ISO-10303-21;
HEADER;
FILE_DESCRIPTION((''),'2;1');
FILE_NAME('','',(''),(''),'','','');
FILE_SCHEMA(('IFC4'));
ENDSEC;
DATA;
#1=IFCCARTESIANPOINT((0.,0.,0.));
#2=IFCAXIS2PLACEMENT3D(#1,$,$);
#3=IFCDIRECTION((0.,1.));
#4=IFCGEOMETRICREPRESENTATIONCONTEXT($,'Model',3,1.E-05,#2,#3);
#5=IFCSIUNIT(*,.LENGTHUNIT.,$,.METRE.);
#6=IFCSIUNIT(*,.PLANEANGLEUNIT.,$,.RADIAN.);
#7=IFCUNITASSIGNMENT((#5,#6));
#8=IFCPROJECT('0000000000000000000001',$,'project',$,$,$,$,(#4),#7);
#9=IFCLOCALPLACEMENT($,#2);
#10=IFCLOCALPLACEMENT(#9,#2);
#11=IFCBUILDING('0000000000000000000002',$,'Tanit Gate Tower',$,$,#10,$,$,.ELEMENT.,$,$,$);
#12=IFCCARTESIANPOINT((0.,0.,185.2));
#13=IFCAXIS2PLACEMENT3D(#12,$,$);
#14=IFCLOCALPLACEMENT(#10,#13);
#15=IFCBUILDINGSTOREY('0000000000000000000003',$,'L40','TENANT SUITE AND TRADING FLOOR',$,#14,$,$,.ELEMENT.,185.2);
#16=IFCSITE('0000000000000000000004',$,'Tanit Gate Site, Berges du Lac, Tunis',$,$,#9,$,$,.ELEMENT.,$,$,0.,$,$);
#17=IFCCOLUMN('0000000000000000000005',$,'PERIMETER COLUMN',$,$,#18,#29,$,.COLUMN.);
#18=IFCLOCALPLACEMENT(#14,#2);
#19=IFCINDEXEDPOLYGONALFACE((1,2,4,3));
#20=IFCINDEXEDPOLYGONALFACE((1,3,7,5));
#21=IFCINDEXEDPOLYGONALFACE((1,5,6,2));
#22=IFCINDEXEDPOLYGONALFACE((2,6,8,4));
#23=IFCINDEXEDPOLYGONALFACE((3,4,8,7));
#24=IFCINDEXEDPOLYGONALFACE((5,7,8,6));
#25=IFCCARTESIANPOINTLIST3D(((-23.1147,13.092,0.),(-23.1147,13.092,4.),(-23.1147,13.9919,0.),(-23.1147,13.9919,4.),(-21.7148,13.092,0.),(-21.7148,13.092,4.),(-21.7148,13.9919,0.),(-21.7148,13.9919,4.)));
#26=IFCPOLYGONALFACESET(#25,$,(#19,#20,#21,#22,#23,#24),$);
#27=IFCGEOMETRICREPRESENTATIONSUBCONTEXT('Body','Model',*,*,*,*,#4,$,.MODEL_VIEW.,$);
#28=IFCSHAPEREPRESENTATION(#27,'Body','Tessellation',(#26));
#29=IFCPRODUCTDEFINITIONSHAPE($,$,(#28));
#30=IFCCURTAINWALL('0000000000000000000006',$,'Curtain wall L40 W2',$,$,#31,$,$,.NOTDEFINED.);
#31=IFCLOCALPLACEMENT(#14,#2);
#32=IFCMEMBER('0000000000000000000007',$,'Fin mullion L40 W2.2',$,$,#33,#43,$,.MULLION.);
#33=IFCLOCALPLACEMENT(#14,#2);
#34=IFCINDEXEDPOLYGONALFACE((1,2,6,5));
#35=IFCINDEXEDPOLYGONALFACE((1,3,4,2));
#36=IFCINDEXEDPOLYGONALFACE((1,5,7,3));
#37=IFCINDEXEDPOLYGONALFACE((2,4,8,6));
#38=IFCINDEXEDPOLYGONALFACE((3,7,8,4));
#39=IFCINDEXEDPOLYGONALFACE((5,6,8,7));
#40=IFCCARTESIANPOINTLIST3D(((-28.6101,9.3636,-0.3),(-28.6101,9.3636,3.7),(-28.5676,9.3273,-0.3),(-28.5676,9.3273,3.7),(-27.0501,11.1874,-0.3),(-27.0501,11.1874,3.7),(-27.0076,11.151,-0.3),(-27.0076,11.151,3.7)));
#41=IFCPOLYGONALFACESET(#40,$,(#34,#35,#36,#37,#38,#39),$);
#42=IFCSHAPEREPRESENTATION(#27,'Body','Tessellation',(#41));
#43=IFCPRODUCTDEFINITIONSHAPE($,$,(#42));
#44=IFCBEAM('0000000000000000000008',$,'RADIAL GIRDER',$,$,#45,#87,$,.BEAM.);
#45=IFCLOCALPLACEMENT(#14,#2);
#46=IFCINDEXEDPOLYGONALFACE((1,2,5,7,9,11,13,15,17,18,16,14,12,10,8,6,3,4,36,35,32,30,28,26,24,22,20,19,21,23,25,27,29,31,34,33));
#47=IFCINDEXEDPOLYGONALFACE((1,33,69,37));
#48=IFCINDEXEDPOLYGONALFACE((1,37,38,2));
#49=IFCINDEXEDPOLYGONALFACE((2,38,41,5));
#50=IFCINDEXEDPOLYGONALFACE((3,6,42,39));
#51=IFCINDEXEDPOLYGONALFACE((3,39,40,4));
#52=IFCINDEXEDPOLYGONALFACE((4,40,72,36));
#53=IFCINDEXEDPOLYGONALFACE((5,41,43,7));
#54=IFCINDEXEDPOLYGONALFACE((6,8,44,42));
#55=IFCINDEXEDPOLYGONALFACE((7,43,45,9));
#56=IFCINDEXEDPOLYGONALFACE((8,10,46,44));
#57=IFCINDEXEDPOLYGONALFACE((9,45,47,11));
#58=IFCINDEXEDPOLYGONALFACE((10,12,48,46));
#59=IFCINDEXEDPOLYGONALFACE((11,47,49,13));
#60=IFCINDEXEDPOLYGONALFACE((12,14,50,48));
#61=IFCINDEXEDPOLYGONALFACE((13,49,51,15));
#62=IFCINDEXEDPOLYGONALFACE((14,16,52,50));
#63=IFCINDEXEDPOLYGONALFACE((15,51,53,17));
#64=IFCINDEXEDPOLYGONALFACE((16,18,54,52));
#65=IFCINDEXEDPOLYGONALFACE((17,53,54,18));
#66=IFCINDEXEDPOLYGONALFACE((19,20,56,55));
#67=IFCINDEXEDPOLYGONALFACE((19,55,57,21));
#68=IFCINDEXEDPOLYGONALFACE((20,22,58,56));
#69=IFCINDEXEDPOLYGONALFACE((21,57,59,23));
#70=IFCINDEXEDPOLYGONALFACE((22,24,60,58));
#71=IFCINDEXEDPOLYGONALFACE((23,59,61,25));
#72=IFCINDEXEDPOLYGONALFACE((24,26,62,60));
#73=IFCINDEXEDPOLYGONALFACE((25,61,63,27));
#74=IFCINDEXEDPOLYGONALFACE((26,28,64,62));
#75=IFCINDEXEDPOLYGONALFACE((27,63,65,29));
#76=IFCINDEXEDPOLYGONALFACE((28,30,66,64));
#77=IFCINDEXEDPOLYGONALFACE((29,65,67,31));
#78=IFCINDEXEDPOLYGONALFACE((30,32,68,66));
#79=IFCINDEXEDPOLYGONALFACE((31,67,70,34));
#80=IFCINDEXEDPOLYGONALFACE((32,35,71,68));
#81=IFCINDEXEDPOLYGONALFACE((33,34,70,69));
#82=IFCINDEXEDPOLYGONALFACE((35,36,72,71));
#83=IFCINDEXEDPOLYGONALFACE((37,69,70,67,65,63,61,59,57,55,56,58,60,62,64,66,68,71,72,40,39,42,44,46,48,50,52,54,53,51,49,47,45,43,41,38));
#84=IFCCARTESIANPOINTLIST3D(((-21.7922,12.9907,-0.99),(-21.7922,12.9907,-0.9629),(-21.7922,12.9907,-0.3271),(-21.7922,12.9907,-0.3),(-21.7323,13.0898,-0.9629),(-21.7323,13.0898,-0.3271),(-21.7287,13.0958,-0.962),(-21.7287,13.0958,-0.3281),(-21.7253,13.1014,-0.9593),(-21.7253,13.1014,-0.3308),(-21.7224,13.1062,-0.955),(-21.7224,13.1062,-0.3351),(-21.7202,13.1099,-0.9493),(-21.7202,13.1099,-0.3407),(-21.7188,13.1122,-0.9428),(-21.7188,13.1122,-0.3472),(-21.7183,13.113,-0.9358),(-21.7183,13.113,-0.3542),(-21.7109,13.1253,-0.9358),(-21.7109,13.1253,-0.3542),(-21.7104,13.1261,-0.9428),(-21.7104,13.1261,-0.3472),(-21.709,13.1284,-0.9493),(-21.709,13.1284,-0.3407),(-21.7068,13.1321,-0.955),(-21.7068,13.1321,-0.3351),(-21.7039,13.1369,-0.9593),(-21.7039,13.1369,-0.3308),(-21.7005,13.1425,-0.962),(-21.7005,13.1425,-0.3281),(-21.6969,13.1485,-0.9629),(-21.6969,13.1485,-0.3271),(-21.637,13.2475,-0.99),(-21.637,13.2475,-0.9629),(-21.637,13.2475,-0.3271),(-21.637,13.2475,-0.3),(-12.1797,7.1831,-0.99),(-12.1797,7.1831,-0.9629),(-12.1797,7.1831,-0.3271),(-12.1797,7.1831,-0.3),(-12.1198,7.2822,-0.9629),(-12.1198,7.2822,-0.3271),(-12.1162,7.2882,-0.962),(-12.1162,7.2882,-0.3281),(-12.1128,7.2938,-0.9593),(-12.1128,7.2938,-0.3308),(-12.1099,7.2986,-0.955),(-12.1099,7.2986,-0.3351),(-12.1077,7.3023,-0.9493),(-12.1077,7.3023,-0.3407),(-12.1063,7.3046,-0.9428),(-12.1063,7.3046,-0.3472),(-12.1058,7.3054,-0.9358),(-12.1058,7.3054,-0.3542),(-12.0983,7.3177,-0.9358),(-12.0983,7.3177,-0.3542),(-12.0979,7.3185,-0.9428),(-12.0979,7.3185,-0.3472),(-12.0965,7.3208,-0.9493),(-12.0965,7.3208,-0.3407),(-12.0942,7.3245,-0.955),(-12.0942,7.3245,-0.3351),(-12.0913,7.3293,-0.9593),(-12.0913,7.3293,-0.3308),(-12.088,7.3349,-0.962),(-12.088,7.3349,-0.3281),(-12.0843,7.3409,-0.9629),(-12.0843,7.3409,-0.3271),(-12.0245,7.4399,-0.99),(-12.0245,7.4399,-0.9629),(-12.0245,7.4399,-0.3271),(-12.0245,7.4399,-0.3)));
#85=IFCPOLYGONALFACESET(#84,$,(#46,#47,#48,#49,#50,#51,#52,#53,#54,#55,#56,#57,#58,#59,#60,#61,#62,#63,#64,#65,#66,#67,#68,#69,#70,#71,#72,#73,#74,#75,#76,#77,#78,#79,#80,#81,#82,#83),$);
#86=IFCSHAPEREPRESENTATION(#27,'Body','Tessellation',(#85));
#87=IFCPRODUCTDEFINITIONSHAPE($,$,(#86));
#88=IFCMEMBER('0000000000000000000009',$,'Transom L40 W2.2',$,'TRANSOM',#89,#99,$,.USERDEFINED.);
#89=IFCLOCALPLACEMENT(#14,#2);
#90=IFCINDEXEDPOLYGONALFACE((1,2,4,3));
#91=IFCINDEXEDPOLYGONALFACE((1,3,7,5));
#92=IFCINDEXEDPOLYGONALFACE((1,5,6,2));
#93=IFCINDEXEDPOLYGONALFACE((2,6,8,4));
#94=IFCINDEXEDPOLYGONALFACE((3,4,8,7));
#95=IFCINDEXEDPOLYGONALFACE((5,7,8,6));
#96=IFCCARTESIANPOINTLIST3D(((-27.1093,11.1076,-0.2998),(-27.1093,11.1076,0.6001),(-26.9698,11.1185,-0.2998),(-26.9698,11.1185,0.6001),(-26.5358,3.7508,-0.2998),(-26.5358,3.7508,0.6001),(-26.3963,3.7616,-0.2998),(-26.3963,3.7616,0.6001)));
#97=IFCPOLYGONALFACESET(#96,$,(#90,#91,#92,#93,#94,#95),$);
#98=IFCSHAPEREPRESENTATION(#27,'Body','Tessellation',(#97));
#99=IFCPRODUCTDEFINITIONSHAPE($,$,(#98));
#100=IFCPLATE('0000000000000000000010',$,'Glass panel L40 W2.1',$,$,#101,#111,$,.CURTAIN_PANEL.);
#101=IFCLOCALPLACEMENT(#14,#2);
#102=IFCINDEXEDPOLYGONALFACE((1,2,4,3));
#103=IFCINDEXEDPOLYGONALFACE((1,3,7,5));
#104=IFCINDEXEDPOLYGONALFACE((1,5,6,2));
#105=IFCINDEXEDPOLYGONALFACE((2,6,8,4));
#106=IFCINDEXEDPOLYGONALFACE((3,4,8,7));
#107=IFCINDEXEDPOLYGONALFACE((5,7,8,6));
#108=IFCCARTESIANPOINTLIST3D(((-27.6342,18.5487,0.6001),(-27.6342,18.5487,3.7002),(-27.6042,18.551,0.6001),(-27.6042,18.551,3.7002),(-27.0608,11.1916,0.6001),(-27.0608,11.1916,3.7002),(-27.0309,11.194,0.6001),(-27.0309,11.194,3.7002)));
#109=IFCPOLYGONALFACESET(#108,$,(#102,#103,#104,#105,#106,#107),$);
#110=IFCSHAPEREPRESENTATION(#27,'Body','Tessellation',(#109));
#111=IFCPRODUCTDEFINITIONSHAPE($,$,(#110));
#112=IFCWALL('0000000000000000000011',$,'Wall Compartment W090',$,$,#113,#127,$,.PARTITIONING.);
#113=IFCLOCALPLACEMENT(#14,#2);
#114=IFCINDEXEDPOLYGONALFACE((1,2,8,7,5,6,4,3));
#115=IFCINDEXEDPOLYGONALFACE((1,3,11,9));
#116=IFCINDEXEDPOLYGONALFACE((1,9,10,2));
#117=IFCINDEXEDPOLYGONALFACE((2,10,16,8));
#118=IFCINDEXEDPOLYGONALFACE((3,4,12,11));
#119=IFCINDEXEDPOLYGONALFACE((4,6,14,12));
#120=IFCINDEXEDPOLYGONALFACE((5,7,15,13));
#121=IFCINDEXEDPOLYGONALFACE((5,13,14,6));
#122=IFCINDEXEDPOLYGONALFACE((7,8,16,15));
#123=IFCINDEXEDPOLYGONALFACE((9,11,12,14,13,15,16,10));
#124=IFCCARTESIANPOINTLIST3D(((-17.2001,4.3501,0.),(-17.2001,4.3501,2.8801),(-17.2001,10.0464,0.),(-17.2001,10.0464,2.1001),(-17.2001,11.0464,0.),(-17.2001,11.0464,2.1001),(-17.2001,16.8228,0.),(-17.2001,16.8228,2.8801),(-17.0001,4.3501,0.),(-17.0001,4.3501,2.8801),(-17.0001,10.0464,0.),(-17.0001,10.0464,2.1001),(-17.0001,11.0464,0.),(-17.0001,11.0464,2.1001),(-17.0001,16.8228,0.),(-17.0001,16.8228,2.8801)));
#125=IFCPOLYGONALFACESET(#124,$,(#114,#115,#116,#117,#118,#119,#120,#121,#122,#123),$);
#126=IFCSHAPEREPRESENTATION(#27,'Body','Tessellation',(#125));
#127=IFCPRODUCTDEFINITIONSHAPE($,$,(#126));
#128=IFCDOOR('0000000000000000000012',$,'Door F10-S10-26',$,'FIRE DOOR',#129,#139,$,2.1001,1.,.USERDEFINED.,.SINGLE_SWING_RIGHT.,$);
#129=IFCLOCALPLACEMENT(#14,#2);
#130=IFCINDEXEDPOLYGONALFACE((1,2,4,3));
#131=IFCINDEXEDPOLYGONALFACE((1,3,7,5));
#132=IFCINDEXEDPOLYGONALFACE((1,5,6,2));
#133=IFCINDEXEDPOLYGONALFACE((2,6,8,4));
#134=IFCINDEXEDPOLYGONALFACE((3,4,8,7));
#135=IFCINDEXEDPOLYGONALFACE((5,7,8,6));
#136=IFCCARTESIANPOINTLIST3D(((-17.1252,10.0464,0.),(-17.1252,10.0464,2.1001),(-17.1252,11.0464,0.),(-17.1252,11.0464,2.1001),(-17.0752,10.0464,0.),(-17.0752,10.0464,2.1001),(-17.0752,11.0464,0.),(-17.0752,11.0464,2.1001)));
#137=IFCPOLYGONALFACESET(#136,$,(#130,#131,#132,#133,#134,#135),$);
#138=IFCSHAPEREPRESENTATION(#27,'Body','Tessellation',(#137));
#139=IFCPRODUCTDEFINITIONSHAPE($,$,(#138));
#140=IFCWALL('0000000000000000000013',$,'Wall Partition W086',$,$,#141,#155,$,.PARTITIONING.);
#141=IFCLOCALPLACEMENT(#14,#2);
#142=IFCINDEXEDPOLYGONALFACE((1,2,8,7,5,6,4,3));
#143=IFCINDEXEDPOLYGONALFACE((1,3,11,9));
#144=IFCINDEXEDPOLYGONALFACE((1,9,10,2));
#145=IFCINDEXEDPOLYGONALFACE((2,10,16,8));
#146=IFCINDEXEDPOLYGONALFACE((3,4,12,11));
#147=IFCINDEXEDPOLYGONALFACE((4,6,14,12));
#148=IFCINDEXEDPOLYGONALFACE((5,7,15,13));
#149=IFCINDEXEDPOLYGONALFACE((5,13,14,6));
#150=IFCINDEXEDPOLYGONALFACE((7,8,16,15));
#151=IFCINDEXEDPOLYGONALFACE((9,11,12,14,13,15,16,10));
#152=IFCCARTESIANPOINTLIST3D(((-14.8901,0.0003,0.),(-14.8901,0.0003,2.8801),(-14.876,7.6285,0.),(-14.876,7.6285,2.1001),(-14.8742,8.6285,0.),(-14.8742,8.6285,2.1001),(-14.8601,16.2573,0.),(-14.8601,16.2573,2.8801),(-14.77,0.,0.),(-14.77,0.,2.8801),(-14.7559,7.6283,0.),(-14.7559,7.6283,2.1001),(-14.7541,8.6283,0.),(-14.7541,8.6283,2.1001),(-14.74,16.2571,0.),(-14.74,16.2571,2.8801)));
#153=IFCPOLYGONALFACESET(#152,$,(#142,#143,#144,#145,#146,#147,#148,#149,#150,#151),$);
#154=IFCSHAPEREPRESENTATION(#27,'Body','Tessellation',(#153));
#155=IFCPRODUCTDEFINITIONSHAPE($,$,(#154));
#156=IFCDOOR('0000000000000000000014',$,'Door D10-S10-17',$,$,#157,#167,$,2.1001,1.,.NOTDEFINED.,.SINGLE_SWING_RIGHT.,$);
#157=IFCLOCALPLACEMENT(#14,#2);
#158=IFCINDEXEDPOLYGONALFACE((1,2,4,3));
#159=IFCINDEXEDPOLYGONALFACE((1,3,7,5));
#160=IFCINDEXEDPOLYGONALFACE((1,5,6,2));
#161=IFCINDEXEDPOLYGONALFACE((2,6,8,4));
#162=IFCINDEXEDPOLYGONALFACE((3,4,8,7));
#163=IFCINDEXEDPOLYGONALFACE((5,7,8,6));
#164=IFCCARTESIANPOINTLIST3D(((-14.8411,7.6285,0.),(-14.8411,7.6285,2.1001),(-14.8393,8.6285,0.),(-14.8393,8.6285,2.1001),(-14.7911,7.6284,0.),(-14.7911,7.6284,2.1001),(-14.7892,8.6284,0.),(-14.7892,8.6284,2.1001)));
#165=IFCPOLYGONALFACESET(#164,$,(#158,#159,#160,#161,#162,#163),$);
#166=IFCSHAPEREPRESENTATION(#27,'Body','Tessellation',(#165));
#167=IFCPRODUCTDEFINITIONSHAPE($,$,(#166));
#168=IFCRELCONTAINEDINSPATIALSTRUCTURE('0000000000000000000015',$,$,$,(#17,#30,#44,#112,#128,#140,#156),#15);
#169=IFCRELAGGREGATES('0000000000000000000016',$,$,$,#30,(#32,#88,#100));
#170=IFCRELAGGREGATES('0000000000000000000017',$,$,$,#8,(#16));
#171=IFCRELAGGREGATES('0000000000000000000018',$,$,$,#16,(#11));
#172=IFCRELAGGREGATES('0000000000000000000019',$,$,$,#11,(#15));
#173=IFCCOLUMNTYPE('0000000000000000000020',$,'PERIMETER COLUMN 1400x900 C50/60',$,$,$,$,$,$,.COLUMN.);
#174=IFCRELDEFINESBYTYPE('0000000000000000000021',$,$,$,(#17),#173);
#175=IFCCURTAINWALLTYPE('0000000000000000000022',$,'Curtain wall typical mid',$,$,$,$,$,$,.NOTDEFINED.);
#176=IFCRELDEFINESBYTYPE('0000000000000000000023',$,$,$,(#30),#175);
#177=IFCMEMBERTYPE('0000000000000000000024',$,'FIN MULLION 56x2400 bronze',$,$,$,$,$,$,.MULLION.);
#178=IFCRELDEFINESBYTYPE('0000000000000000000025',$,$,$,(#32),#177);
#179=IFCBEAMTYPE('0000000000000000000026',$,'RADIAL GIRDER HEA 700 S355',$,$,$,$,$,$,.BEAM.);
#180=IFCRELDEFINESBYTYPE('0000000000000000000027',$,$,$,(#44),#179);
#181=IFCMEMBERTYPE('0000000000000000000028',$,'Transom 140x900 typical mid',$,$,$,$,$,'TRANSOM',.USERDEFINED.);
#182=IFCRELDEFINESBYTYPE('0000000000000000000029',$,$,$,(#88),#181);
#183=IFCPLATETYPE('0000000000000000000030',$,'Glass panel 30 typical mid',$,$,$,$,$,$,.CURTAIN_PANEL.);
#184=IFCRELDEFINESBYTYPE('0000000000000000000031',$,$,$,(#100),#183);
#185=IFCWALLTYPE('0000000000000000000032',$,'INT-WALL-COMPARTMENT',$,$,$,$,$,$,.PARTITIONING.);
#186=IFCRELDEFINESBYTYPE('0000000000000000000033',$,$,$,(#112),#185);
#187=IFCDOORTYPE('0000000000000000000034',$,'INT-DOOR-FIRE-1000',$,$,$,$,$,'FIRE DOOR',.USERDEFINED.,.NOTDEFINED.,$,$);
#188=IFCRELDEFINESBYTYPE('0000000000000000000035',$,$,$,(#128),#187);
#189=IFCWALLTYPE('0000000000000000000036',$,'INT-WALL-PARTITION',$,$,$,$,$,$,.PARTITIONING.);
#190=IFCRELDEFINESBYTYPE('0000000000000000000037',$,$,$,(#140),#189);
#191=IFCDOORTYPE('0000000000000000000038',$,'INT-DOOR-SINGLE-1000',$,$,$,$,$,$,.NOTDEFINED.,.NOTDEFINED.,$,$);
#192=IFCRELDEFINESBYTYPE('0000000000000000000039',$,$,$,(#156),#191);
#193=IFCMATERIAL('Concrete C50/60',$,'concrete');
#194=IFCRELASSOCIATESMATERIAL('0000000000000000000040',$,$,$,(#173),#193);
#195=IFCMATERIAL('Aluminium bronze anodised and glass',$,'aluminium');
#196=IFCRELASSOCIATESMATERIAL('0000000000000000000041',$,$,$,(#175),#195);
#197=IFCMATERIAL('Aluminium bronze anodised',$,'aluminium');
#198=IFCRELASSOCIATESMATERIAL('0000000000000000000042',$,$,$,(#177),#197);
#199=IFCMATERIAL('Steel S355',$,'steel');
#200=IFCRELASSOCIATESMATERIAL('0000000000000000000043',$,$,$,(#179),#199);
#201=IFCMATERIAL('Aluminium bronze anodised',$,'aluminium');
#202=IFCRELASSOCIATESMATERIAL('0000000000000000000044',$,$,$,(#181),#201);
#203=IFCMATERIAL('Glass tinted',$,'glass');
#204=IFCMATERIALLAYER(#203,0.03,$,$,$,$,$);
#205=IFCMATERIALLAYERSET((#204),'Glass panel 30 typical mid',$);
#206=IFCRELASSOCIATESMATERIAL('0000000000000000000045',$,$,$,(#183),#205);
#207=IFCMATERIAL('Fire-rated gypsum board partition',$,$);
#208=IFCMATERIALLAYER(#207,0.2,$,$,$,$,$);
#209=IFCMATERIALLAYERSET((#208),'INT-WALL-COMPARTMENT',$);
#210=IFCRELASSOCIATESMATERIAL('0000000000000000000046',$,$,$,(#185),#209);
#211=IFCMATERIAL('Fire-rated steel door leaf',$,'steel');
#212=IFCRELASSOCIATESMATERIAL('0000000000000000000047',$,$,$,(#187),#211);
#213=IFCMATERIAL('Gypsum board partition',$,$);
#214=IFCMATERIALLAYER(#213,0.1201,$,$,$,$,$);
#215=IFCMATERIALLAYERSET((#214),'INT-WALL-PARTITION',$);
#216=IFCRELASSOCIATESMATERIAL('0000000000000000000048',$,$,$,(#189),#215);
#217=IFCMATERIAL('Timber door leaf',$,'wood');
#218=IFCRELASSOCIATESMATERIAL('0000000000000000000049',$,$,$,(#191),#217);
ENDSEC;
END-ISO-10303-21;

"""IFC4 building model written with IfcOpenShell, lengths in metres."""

from ifc_helpers import new_model, si_unit, direction, frame, frame_2d, origin, origin_2d, place, context, subcontext, project, spatial, rectangle, i_section, extrude, material, layer, layer_set, material_profile, profile_set, type_object, element, fill, aggregate, save


model = new_model("IFC4")

# Units and contexts
model_context = context("Model", 3, precision=1e-05, world=origin(), true_north=direction((0.0, 1.0)))
body_context = subcontext(model_context, "Body", "Model", "MODEL_VIEW")
ifc_project = project(units=[si_unit("LENGTHUNIT", "METRE"), si_unit("PLANEANGLEUNIT", "RADIAN")], contexts=[model_context])

# Site, building, storey
site_placement = place(None, origin())
site = spatial("IfcSite", under=ifc_project, at=site_placement, Name="Tanit Gate Site, Berges du Lac, Tunis", CompositionType="ELEMENT", RefElevation=0.0)
building_placement = place(site_placement, origin())
building = spatial("IfcBuilding", under=site, at=building_placement, Name="Tanit Gate Tower", CompositionType="ELEMENT")
storey_placement = place(building_placement, frame((0.0, 0.0, 185.2)))
storey = spatial("IfcBuildingStorey", under=building, at=storey_placement, Name="L40", Description="TENANT SUITE AND TRADING FLOOR", CompositionType="ELEMENT", Elevation=185.2)

# Column
ifc_material_1 = material(Name="Concrete C50/60", Category="concrete")
ifc_material_profile_1 = material_profile(ifc_material_1, rectangle(XDim=1.3999, YDim=0.8999, at=origin_2d()), Name="RC 1400x900")
ifc_profile_set_1 = profile_set([ifc_material_profile_1], Name="Concrete C50/60")
column_type = type_object("IfcColumnType", Name="PERIMETER COLUMN 1400x900 C50/60", PredefinedType="COLUMN", material=ifc_profile_set_1)
column_placement = place(storey_placement, frame((-22.4148, 13.542, 0.0), z_axis=(0.0, 0.0, 1.0), x_axis=(-1.0, 0.0, 0.0)))
element("IfcColumn", 1, at=column_placement, inside=storey, type_object=column_type, Name="PERIMETER COLUMN", PredefinedType="COLUMN", context=body_context, shape_type="SweptSolid", body=[
    extrude(rectangle(XDim=1.3999, YDim=0.8999, at=origin_2d()), origin(), (0.0, 0.0, 1.0), 4.0),
])

# Curtain wall, member
ifc_material_2 = material(Name="Aluminium bronze anodised and glass", Category="aluminium")
curtain_wall_type = type_object("IfcCurtainWallType", Name="Curtain wall typical mid", PredefinedType="NOTDEFINED", material=ifc_material_2)
curtain_wall_placement = place(storey_placement, origin())
curtain_wall = element("IfcCurtainWall", 2, at=curtain_wall_placement, inside=storey, type_object=curtain_wall_type, Name="Curtain wall L40 W2", PredefinedType="NOTDEFINED")
ifc_material_3 = material(Name="Aluminium bronze anodised", Category="aluminium")
ifc_material_profile_2 = material_profile(ifc_material_3, rectangle(XDim=2.3999, YDim=0.0559, at=origin_2d()), Name="56x2400 bronze fin mullion")
ifc_profile_set_2 = profile_set([ifc_material_profile_2], Name="Aluminium bronze anodised")
member_type_1 = type_object("IfcMemberType", Name="FIN MULLION 56x2400 bronze", PredefinedType="MULLION", material=ifc_profile_set_2)
member_1_placement = place(storey_placement, frame((-27.8088, 10.2573, -0.3), z_axis=(0.0, 0.0, 1.0), x_axis=(0.650026, 0.759912, 0.0)))
member_1 = element("IfcMember", 3, at=member_1_placement, type_object=member_type_1, Name="Fin mullion L40 W2.2", PredefinedType="MULLION", context=body_context, shape_type="SweptSolid", body=[
    extrude(rectangle(XDim=2.3999, YDim=0.0559, at=origin_2d()), origin(), (0.0, 0.0, 1.0), 4.0),
])

# Beam
ifc_material_4 = material(Name="Steel S355", Category="steel")
ifc_material_profile_3 = material_profile(ifc_material_4, i_section(OverallWidth=0.3, OverallDepth=0.6899, WebThickness=0.0144, FlangeThickness=0.0271, FilletRadius=0.0271, at=origin_2d()), Name="HEA 700")
ifc_profile_set_3 = profile_set([ifc_material_profile_3], Name="Steel S355")
beam_type = type_object("IfcBeamType", Name="RADIAL GIRDER HEA 700 S355", PredefinedType="BEAM", material=ifc_profile_set_3)
beam_placement = place(storey_placement, frame((-21.7146, 13.1191, -0.645), z_axis=(0.855914, -0.517118, 0.0), x_axis=(0.517118, 0.855914, 0.0)))
element("IfcBeam", 4, at=beam_placement, inside=storey, type_object=beam_type, Name="RADIAL GIRDER", PredefinedType="BEAM", context=body_context, shape_type="SweptSolid", body=[
    extrude(i_section(OverallWidth=0.3, OverallDepth=0.6899, WebThickness=0.0144, FlangeThickness=0.0271, FilletRadius=0.0271, at=origin_2d()), origin(), (0.0, 0.0, 1.0), 11.2307),
])

# Member
ifc_material_5 = material(Name="Aluminium bronze anodised", Category="aluminium")
ifc_material_profile_4 = material_profile(ifc_material_5, rectangle(XDim=0.1399, YDim=0.8999, at=origin_2d()), Name="140x900 bronze transom")
ifc_profile_set_4 = profile_set([ifc_material_profile_4], Name="Aluminium bronze anodised")
member_type_2 = type_object("IfcMemberType", Name="Transom 140x900 typical mid", ElementType="TRANSOM", PredefinedType="USERDEFINED", material=ifc_profile_set_4)
member_2_placement = place(storey_placement, frame((-27.0396, 11.113, 0.1501), z_axis=(0.077716, -0.996976, 0.0), x_axis=(0.996976, 0.077716, 0.0)))
member_2 = element("IfcMember", 5, at=member_2_placement, type_object=member_type_2, Name="Transom L40 W2.2", ObjectType="TRANSOM", PredefinedType="USERDEFINED", context=body_context, shape_type="SweptSolid", body=[
    extrude(rectangle(XDim=0.1399, YDim=0.8999, at=origin_2d()), origin(), (0.0, 0.0, 1.0), 7.3792),
])

# Plate
ifc_material_6 = material(Name="Glass tinted", Category="glass")
ifc_layer_1 = layer(ifc_material_6, 0.03)
ifc_layer_set_1 = layer_set([ifc_layer_1], Name="Glass panel 30 typical mid")
plate_type = type_object("IfcPlateType", Name="Glass panel 30 typical mid", PredefinedType="CURTAIN_PANEL", material=ifc_layer_set_1)
plate_placement = place(storey_placement, frame((-27.3325, 14.8713, 0.6001), z_axis=(0.0, 0.0, 1.0), x_axis=(0.077701, -0.996977, 0.0)))
plate = element("IfcPlate", 6, at=plate_placement, type_object=plate_type, Name="Glass panel L40 W2.1", PredefinedType="CURTAIN_PANEL", context=body_context, shape_type="SweptSolid", body=[
    extrude(rectangle(XDim=7.3794, YDim=0.03, at=origin_2d()), origin(), (0.0, 0.0, 1.0), 3.1001),
])
aggregate(curtain_wall, [member_1, member_2, plate])

# Walls, openings, doors
ifc_material_7 = material(Name="Fire-rated gypsum board partition")
ifc_layer_2 = layer(ifc_material_7, 0.2)
ifc_layer_set_2 = layer_set([ifc_layer_2], Name="INT-WALL-COMPARTMENT")
wall_type_1 = type_object("IfcWallType", Name="INT-WALL-COMPARTMENT", PredefinedType="PARTITIONING", material=ifc_layer_set_2)
wall_1_placement = place(storey_placement, frame((-17.1001, 16.8228, 0.0), z_axis=(0.0, 0.0, 1.0), x_axis=(0.0, -1.0, 0.0)))
wall_1 = element("IfcWall", 7, at=wall_1_placement, inside=storey, type_object=wall_type_1, Name="Wall Compartment W090", PredefinedType="PARTITIONING", context=body_context, shape_type="SweptSolid", body=[
    extrude(rectangle(XDim=12.4727, YDim=0.2, at=frame_2d((6.2363, 0.0))), origin(), (0.0, 0.0, 1.0), 2.8801),
])
opening_1_placement = place(wall_1_placement, frame((5.7764, 0.0, 0.0)))
opening_1 = element("IfcOpeningElement", 8, at=opening_1_placement, cuts=wall_1, PredefinedType="OPENING", context=body_context, shape_type="SweptSolid", body=[
    extrude(rectangle(XDim=1.0, YDim=2.1001, at=frame_2d((0.5, 1.05))), frame((0.0, 0.1099, 0.0), z_axis=(0.0, -1.0, 0.0), x_axis=(1.0, 0.0, 0.0)), (0.0, 0.0, 1.0), 0.22),
])
ifc_material_8 = material(Name="Fire-rated steel door leaf", Category="steel")
door_type_1 = type_object("IfcDoorType", Name="INT-DOOR-FIRE-1000", ElementType="FIRE DOOR", OperationType="NOTDEFINED", PredefinedType="USERDEFINED", material=ifc_material_8)
door_1_placement = place(opening_1_placement, origin())
door_1 = element("IfcDoor", 9, at=door_1_placement, inside=storey, type_object=door_type_1, Name="Door F10-S10-26", ObjectType="FIRE DOOR", OperationType="SINGLE_SWING_RIGHT", OverallHeight=2.1001, OverallWidth=1.0, PredefinedType="USERDEFINED", context=body_context, shape_type="SweptSolid", body=[
    extrude(rectangle(XDim=1.0, YDim=2.1001, at=frame_2d((0.5, 1.05))), frame((0.0, 0.0249, 0.0), z_axis=(0.0, -1.0, 0.0), x_axis=(1.0, 0.0, 0.0)), (0.0, 0.0, 1.0), 0.05),
])
fill(opening_1, door_1)
ifc_material_9 = material(Name="Gypsum board partition")
ifc_layer_3 = layer(ifc_material_9, 0.1201)
ifc_layer_set_3 = layer_set([ifc_layer_3], Name="INT-WALL-PARTITION")
wall_type_2 = type_object("IfcWallType", Name="INT-WALL-PARTITION", PredefinedType="PARTITIONING", material=ifc_layer_set_3)
wall_2_placement = place(storey_placement, frame((-14.8, 16.2571, 0.0), z_axis=(0.0, 0.0, 1.0), x_axis=(-0.001847, -0.999998, 0.0)))
wall_2 = element("IfcWall", 10, at=wall_2_placement, inside=storey, type_object=wall_type_2, Name="Wall Partition W086", PredefinedType="PARTITIONING", context=body_context, shape_type="SweptSolid", body=[
    extrude(rectangle(XDim=16.2571, YDim=0.1201, at=frame_2d((8.1284, 0.0))), origin(), (0.0, 0.0, 1.0), 2.8801),
])
opening_2_placement = place(wall_2_placement, frame((7.6287, 0.0, 0.0)))
opening_2 = element("IfcOpeningElement", 11, at=opening_2_placement, cuts=wall_2, PredefinedType="OPENING", context=body_context, shape_type="SweptSolid", body=[
    extrude(rectangle(XDim=1.0, YDim=2.1001, at=frame_2d((0.5, 1.05))), frame((0.0, 0.0701, 0.0), z_axis=(0.0, -1.0, 0.0), x_axis=(1.0, 0.0, 0.0)), (0.0, 0.0, 1.0), 0.1401),
])
ifc_material_10 = material(Name="Timber door leaf", Category="wood")
door_type_2 = type_object("IfcDoorType", Name="INT-DOOR-SINGLE-1000", OperationType="NOTDEFINED", PredefinedType="NOTDEFINED", material=ifc_material_10)
door_2_placement = place(opening_2_placement, origin())
door_2 = element("IfcDoor", 12, at=door_2_placement, inside=storey, type_object=door_type_2, Name="Door D10-S10-17", OperationType="SINGLE_SWING_RIGHT", OverallHeight=2.1001, OverallWidth=1.0, PredefinedType="NOTDEFINED", context=body_context, shape_type="SweptSolid", body=[
    extrude(rectangle(XDim=1.0, YDim=2.1001, at=frame_2d((0.5, 1.05))), frame((0.0, 0.0249, 0.0), z_axis=(0.0, -1.0, 0.0), x_axis=(1.0, 0.0, 0.0)), (0.0, 0.0, 1.0), 0.05),
])
fill(opening_2, door_2)

save(model, "model.ifc")
